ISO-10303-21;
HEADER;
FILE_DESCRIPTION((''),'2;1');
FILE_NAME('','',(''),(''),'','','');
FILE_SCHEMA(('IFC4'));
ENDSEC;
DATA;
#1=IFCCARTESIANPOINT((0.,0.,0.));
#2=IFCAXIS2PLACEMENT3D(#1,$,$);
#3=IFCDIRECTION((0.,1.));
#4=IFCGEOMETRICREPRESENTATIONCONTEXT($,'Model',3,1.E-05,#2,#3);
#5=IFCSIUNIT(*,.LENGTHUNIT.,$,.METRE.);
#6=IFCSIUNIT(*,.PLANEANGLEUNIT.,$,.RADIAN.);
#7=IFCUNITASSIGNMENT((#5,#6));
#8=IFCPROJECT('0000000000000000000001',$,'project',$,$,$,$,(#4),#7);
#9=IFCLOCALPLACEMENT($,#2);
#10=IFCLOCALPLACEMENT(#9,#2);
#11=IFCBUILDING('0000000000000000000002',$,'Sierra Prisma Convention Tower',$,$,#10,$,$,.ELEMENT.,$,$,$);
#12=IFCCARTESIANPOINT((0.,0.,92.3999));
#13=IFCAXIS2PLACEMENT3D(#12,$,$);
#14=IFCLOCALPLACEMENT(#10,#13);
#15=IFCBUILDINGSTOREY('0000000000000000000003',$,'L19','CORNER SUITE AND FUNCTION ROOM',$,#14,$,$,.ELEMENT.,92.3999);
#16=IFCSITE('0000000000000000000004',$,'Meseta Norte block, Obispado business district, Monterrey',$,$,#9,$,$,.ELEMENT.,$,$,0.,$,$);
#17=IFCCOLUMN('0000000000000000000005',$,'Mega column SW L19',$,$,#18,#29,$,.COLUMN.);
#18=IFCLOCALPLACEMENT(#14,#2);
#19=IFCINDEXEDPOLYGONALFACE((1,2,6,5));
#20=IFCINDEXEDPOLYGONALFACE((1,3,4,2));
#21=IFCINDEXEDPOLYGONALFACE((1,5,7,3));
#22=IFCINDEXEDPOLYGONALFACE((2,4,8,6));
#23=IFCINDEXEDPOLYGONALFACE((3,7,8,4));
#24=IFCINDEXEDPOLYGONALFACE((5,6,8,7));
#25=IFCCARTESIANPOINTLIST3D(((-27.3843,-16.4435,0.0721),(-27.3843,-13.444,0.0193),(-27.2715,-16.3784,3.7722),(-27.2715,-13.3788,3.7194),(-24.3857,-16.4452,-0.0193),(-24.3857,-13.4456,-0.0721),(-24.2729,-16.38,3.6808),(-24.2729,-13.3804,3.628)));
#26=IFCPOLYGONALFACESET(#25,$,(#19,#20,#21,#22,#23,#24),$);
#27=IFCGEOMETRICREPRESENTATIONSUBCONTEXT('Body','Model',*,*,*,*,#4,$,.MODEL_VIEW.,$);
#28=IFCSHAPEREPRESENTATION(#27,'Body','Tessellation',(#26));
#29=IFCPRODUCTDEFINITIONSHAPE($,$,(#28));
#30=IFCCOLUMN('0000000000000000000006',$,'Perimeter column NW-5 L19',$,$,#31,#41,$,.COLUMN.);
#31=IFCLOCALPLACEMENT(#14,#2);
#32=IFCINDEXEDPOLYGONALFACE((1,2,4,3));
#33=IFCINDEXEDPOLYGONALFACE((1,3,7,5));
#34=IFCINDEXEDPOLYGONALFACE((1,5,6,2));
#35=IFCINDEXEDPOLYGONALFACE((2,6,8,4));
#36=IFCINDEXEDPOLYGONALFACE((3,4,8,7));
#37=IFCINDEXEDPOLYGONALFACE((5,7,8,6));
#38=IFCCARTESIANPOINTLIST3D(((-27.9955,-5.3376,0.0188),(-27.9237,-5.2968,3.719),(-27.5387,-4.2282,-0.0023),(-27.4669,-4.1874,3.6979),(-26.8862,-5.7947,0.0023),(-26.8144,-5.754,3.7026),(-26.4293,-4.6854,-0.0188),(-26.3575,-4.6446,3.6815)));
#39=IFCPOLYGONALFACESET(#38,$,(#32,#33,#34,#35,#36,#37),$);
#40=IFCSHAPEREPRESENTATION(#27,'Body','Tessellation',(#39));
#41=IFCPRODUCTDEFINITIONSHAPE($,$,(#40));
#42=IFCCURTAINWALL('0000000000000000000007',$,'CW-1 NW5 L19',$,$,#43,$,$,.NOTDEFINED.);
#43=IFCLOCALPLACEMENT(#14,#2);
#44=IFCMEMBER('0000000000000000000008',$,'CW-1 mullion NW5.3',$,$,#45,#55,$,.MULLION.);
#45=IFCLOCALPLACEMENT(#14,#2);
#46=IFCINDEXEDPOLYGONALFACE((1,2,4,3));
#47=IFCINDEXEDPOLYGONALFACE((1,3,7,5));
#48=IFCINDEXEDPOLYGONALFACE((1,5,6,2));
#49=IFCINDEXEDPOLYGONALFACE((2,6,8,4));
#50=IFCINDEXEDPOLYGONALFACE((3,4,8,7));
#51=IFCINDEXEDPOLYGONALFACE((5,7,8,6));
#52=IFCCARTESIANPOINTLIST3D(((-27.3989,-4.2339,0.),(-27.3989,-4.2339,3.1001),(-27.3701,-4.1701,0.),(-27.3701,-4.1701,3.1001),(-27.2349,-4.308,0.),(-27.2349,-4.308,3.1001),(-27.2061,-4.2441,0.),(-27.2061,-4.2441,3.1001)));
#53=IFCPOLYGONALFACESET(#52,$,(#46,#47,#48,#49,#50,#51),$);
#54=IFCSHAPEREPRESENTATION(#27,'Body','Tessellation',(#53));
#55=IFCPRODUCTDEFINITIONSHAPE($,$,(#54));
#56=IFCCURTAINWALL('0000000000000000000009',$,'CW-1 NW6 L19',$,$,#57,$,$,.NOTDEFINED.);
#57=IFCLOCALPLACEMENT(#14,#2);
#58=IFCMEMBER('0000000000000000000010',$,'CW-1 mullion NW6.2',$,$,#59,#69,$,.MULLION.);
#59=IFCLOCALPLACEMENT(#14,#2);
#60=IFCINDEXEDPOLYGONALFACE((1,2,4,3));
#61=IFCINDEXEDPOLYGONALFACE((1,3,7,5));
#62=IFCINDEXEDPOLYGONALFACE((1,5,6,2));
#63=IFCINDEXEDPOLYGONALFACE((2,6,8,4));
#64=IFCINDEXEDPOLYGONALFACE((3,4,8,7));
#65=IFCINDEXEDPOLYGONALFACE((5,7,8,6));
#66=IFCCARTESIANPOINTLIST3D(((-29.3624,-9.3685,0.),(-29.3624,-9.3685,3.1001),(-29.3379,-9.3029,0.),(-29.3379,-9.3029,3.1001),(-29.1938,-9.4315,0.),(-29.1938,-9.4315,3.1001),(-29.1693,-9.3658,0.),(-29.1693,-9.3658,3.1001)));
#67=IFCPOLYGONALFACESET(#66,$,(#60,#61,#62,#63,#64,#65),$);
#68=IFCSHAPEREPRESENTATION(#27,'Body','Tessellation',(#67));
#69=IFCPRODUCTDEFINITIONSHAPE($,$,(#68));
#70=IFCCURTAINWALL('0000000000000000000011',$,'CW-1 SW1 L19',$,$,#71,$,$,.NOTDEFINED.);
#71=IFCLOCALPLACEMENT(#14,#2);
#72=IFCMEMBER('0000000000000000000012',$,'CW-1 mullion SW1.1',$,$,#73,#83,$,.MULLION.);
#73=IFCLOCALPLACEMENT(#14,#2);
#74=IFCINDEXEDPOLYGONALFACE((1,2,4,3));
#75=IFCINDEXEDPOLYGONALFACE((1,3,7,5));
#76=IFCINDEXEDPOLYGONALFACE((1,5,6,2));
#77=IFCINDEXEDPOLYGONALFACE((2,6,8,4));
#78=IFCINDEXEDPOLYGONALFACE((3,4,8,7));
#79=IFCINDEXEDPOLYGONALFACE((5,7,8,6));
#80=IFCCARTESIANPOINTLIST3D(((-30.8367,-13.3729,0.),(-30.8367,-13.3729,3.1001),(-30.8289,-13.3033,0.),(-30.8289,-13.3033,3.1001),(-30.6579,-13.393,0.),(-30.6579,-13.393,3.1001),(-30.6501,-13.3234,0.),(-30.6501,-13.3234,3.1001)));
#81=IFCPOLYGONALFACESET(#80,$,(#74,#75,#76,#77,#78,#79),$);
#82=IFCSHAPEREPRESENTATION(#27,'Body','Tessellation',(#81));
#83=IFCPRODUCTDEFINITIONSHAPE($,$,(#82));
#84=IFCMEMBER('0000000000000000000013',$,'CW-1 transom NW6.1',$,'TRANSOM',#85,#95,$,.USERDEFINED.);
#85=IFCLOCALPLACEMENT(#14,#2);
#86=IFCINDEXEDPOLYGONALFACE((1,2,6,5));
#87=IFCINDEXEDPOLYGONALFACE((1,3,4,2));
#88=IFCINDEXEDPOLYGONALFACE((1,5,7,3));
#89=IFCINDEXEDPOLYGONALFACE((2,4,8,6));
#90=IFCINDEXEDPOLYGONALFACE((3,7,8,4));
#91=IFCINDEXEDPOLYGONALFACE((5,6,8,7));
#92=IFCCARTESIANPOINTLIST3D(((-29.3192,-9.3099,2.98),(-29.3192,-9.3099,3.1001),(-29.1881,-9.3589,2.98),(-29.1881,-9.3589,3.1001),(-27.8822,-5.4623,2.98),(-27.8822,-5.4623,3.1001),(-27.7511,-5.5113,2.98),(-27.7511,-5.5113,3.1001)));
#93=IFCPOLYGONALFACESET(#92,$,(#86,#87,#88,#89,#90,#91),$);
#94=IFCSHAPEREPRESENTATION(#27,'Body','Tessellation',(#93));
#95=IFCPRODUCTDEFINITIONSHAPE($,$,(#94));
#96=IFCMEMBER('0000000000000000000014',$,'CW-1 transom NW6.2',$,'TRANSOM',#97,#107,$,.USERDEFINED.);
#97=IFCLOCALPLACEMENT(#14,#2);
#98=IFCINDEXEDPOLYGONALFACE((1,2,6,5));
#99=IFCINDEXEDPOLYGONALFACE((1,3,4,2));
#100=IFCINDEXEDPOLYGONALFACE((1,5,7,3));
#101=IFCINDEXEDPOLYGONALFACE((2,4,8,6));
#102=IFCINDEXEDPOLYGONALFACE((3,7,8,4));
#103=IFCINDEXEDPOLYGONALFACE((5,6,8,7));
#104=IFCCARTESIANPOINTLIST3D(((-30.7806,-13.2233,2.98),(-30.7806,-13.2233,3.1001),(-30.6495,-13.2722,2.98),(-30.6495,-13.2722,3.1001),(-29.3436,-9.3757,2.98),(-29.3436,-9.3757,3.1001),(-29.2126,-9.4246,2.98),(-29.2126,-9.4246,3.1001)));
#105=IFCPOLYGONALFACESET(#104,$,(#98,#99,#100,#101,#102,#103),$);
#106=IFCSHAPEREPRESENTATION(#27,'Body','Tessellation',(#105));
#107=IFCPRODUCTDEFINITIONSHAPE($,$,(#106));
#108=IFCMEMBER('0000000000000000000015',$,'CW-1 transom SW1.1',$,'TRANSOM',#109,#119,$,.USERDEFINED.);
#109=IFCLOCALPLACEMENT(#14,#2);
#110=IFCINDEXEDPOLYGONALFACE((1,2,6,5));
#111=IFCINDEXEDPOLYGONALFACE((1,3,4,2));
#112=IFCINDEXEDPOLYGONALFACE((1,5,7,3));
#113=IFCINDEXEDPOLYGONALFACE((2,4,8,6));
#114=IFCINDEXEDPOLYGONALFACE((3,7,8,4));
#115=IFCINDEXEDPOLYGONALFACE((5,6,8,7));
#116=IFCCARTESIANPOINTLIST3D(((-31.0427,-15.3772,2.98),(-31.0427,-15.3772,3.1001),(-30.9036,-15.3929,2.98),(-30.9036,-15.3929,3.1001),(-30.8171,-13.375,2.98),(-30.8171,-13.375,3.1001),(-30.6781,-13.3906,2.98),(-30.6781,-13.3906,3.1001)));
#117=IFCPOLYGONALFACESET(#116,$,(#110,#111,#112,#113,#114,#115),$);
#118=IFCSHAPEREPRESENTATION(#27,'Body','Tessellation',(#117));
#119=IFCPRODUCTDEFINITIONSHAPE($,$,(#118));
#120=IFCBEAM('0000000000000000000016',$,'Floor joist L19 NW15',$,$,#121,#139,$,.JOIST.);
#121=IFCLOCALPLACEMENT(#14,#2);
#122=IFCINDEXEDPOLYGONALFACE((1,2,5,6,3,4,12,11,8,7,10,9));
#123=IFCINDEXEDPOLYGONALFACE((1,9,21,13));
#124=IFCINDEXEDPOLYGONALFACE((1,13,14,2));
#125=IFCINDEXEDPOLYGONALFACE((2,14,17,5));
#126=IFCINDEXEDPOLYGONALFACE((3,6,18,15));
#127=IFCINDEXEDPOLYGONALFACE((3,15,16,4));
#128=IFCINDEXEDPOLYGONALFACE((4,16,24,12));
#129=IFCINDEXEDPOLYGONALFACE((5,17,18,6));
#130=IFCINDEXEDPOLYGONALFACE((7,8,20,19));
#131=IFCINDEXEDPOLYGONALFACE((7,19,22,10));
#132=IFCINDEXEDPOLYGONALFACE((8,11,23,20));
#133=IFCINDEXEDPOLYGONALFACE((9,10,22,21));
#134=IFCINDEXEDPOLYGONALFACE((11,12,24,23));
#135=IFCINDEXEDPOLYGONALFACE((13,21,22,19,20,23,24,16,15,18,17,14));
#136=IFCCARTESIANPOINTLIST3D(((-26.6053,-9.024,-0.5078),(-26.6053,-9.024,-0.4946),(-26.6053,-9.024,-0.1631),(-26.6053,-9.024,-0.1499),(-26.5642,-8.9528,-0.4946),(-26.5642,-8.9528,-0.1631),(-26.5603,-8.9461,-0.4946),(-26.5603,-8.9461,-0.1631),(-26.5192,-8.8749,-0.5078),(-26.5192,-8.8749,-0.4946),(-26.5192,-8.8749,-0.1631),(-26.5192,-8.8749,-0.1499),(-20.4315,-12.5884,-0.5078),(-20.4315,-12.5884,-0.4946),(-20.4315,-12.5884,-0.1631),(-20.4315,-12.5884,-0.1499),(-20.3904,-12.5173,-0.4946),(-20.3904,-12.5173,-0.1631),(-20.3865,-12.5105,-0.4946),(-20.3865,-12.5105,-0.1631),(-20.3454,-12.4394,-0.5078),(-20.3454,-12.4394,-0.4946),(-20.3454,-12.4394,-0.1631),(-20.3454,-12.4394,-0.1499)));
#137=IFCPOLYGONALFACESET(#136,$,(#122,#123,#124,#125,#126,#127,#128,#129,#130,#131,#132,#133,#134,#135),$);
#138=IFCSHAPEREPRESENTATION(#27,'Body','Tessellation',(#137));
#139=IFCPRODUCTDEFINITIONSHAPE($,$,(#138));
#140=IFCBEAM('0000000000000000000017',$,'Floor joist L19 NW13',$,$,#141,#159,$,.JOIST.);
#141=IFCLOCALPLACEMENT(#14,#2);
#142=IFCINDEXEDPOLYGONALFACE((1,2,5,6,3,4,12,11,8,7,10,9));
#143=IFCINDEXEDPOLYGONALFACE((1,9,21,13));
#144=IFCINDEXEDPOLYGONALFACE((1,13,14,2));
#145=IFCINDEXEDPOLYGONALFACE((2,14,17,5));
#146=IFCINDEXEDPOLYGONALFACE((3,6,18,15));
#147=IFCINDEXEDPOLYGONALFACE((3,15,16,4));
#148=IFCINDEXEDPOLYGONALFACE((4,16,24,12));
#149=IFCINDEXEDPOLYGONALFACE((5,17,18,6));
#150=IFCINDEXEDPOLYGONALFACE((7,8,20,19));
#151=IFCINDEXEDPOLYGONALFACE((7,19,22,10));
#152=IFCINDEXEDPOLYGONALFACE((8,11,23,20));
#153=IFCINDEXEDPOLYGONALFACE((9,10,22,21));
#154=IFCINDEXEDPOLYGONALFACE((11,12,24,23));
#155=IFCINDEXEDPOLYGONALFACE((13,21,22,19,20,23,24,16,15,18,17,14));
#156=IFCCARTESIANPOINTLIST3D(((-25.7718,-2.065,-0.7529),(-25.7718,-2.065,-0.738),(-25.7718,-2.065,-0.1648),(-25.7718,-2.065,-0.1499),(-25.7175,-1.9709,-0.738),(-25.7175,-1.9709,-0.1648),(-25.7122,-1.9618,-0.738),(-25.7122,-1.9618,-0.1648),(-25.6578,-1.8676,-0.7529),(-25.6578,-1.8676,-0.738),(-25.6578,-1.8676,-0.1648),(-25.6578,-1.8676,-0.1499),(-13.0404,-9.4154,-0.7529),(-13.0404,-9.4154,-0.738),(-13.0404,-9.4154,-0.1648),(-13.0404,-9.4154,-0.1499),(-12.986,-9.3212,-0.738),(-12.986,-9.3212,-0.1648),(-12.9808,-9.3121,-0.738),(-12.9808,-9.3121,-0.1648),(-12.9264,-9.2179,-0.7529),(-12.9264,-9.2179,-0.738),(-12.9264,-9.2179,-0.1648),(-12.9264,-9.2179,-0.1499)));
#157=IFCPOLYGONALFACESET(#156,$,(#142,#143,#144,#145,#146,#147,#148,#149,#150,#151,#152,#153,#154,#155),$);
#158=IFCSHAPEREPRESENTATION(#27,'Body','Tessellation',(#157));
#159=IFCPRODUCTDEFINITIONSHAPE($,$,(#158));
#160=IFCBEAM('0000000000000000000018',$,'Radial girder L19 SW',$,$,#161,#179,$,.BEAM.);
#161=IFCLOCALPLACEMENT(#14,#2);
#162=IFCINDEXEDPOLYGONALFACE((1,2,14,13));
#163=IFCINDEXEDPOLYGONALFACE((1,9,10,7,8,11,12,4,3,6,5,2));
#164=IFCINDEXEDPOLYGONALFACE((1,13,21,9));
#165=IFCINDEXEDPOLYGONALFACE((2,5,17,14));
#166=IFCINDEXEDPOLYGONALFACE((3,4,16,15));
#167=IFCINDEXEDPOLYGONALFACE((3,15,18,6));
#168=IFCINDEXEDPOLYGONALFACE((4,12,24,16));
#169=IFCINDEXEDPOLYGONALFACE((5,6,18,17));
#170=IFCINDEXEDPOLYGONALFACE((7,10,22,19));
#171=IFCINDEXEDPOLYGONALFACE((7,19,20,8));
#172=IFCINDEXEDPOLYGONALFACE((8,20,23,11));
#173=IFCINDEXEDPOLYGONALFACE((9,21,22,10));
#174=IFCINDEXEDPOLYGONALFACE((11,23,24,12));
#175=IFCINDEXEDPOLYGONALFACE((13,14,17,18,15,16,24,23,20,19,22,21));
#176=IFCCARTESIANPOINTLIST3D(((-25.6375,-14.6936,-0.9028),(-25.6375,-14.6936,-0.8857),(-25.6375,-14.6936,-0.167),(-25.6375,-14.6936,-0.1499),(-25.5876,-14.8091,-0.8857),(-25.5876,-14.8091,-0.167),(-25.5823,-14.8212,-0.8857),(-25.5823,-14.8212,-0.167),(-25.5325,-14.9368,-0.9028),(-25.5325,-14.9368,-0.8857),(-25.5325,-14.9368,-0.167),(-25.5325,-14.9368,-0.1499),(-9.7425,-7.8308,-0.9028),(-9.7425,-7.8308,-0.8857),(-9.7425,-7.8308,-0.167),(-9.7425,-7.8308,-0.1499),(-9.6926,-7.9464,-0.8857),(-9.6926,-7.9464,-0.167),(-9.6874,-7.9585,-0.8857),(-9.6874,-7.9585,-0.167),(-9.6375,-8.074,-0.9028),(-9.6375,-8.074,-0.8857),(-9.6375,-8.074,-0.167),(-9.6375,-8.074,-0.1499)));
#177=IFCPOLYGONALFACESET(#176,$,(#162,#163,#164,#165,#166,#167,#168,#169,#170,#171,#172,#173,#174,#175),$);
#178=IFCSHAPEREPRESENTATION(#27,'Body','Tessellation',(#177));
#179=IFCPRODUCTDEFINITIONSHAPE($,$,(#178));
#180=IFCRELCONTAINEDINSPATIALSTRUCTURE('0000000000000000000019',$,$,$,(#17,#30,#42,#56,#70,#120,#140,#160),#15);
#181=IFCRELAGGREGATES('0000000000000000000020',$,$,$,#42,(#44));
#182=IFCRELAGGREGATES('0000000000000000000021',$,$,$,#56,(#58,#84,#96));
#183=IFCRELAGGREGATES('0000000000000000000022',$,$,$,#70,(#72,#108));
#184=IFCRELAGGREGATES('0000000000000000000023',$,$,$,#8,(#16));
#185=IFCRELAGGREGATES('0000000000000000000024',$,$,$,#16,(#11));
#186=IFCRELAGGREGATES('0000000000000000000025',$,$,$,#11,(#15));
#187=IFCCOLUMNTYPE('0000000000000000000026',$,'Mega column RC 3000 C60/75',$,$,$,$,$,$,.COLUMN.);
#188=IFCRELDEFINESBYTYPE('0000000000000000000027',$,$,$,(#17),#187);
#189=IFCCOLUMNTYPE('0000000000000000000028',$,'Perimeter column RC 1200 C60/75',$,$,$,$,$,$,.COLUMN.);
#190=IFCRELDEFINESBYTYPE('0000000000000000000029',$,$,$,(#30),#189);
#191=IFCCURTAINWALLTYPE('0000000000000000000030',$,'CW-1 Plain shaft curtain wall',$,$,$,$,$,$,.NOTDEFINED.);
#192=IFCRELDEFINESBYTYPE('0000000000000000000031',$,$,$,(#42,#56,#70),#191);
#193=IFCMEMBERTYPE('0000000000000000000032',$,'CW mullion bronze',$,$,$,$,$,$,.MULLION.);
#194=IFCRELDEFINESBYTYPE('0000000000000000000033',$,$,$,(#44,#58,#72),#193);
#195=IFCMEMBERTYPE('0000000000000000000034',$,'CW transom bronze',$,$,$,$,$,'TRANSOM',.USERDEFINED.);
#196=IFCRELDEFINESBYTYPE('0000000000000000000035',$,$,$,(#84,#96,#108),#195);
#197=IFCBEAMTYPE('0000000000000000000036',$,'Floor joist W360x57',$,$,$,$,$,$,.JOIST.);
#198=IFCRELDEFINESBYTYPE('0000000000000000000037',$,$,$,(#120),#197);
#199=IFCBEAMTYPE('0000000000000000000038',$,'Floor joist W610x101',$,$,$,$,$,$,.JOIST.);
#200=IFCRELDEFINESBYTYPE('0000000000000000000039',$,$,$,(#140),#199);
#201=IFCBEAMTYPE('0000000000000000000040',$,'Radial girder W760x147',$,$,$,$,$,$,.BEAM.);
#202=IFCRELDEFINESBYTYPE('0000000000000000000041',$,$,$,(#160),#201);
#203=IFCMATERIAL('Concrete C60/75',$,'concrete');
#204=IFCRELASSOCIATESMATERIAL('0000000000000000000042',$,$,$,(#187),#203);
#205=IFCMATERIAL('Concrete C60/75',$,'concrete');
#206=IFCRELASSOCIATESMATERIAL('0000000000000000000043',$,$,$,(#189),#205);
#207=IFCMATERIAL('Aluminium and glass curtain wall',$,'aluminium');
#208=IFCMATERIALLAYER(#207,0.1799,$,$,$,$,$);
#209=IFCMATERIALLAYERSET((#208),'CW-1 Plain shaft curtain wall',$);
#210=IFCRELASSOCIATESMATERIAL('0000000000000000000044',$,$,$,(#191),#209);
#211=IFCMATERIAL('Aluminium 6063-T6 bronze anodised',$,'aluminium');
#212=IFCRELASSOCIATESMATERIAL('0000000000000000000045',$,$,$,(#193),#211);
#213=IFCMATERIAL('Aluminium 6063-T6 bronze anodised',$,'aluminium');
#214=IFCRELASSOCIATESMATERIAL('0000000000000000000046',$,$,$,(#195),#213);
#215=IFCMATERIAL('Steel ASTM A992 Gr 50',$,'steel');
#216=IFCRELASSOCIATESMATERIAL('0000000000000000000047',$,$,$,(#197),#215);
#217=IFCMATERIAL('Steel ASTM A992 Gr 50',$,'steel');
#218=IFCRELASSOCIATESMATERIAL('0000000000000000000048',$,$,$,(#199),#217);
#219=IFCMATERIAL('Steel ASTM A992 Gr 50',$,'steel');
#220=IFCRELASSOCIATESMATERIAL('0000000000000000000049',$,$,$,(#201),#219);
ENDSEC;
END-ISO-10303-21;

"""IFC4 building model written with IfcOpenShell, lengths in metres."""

from ifc_helpers import new_model, si_unit, direction, frame, origin, origin_2d, place, context, subcontext, project, spatial, rectangle, i_section, extrude, material, layer, layer_set, material_profile, profile_set, type_object, element, aggregate, save


model = new_model("IFC4")

# Units and contexts
model_context = context("Model", 3, precision=1e-05, world=origin(), true_north=direction((0.0, 1.0)))
body_context = subcontext(model_context, "Body", "Model", "MODEL_VIEW")
ifc_project = project(units=[si_unit("LENGTHUNIT", "METRE"), si_unit("PLANEANGLEUNIT", "RADIAN")], contexts=[model_context])

# Site, building, storey
site_placement = place(None, origin())
site = spatial("IfcSite", under=ifc_project, at=site_placement, Name="Meseta Norte block, Obispado business district, Monterrey", CompositionType="ELEMENT", RefElevation=0.0)
building_placement = place(site_placement, origin())
building = spatial("IfcBuilding", under=site, at=building_placement, Name="Sierra Prisma Convention Tower", CompositionType="ELEMENT")
storey_placement = place(building_placement, frame((0.0, 0.0, 92.3999)))
storey = spatial("IfcBuildingStorey", under=building, at=storey_placement, Name="L19", Description="CORNER SUITE AND FUNCTION ROOM", CompositionType="ELEMENT", Elevation=92.3999)

# Columns
ifc_material_1 = material(Name="Concrete C60/75", Category="concrete")
ifc_material_profile_1 = material_profile(ifc_material_1, rectangle(XDim=3.0, YDim=3.0, at=origin_2d()), Name="Mega column RC 3000 C60/75")
ifc_profile_set_1 = profile_set([ifc_material_profile_1], Name="Concrete C60/75")
column_type_1 = type_object("IfcColumnType", Name="Mega column RC 3000 C60/75", PredefinedType="COLUMN", material=ifc_profile_set_1)
column_1_placement = place(storey_placement, frame((-25.885, -14.9446, 0.0), z_axis=(0.030464, 0.017606, 0.999381), x_axis=(0.999536, -0.000537, -0.030459)))
element("IfcColumn", 1, at=column_1_placement, inside=storey, type_object=column_type_1, Name="Mega column SW L19", PredefinedType="COLUMN", context=body_context, shape_type="SweptSolid", body=[
    extrude(rectangle(XDim=3.0, YDim=3.0, at=origin_2d()), origin(), (0.0, 0.0, 1.0), 3.7024),
])
ifc_material_2 = material(Name="Concrete C60/75", Category="concrete")
ifc_material_profile_2 = material_profile(ifc_material_2, rectangle(XDim=1.2, YDim=1.2, at=origin_2d()), Name="Perimeter column RC 1200 C60/75")
ifc_profile_set_2 = profile_set([ifc_material_profile_2], Name="Concrete C60/75")
column_type_2 = type_object("IfcColumnType", Name="Perimeter column RC 1200 C60/75", PredefinedType="COLUMN", material=ifc_profile_set_2)
column_2_placement = place(storey_placement, frame((-27.2124, -5.0115, 0.0), z_axis=(0.019393, 0.011016, 0.999751), x_axis=(0.380718, 0.924524, -0.017572)))
element("IfcColumn", 2, at=column_2_placement, inside=storey, type_object=column_type_2, Name="Perimeter column NW-5 L19", PredefinedType="COLUMN", context=body_context, shape_type="SweptSolid", body=[
    extrude(rectangle(XDim=1.2, YDim=1.2, at=origin_2d()), origin(), (0.0, 0.0, 1.0), 3.7012),
])

# Curtain walls, members
ifc_material_3 = material(Name="Aluminium and glass curtain wall", Category="aluminium")
ifc_layer_1 = layer(ifc_material_3, 0.1799)
ifc_layer_set_1 = layer_set([ifc_layer_1], Name="CW-1 Plain shaft curtain wall")
curtain_wall_type = type_object("IfcCurtainWallType", Name="CW-1 Plain shaft curtain wall", PredefinedType="NOTDEFINED", material=ifc_layer_set_1)
curtain_wall_1_placement = place(storey_placement, origin())
curtain_wall_1 = element("IfcCurtainWall", 3, at=curtain_wall_1_placement, inside=storey, type_object=curtain_wall_type, Name="CW-1 NW5 L19", PredefinedType="NOTDEFINED")
ifc_material_4 = material(Name="Aluminium 6063-T6 bronze anodised", Category="aluminium")
ifc_material_profile_3 = material_profile(ifc_material_4, rectangle(XDim=0.1799, YDim=0.0701, at=origin_2d()), Name="ALU MULLION 70x180")
ifc_profile_set_3 = profile_set([ifc_material_profile_3], Name="Aluminium 6063-T6 bronze anodised")
member_type_1 = type_object("IfcMemberType", Name="CW mullion bronze", PredefinedType="MULLION", material=ifc_profile_set_3)
member_1_placement = place(storey_placement, frame((-27.3025, -4.239, 0.0), z_axis=(0.0, 0.0, 1.0), x_axis=(0.911497, -0.411307, 0.0)))
member_1 = element("IfcMember", 4, at=member_1_placement, type_object=member_type_1, Name="CW-1 mullion NW5.3", PredefinedType="MULLION", context=body_context, shape_type="SweptSolid", body=[
    extrude(rectangle(XDim=0.1799, YDim=0.0701, at=origin_2d()), origin(), (0.0, 0.0, 1.0), 3.1001),
])
curtain_wall_2_placement = place(storey_placement, origin())
curtain_wall_2 = element("IfcCurtainWall", 5, at=curtain_wall_2_placement, inside=storey, type_object=curtain_wall_type, Name="CW-1 NW6 L19", PredefinedType="NOTDEFINED")
member_2_placement = place(storey_placement, frame((-29.2659, -9.3672, 0.0), z_axis=(0.0, 0.0, 1.0), x_axis=(0.936805, -0.349852, 0.0)))
member_2 = element("IfcMember", 6, at=member_2_placement, type_object=member_type_1, Name="CW-1 mullion NW6.2", PredefinedType="MULLION", context=body_context, shape_type="SweptSolid", body=[
    extrude(rectangle(XDim=0.1799, YDim=0.0701, at=origin_2d()), origin(), (0.0, 0.0, 1.0), 3.1001),
])
curtain_wall_3_placement = place(storey_placement, origin())
curtain_wall_3 = element("IfcCurtainWall", 7, at=curtain_wall_3_placement, inside=storey, type_object=curtain_wall_type, Name="CW-1 SW1 L19", PredefinedType="NOTDEFINED")
member_3_placement = place(storey_placement, frame((-30.7434, -13.3481, 0.0), z_axis=(0.0, 0.0, 1.0), x_axis=(0.993709, -0.111997, 0.0)))
member_3 = element("IfcMember", 8, at=member_3_placement, type_object=member_type_1, Name="CW-1 mullion SW1.1", PredefinedType="MULLION", context=body_context, shape_type="SweptSolid", body=[
    extrude(rectangle(XDim=0.1799, YDim=0.0701, at=origin_2d()), origin(), (0.0, 0.0, 1.0), 3.1001),
])

# Members
ifc_material_5 = material(Name="Aluminium 6063-T6 bronze anodised", Category="aluminium")
ifc_material_profile_4 = material_profile(ifc_material_5, rectangle(XDim=0.1399, YDim=0.1201, at=origin_2d()), Name="ALU TRANSOM 120x140")
ifc_profile_set_4 = profile_set([ifc_material_profile_4], Name="Aluminium 6063-T6 bronze anodised")
member_type_2 = type_object("IfcMemberType", Name="CW transom bronze", ElementType="TRANSOM", PredefinedType="USERDEFINED", material=ifc_profile_set_4)
member_4_placement = place(storey_placement, frame((-27.8167, -5.4868, 3.04), z_axis=(-0.349872, -0.936797, 0.0), x_axis=(0.936797, -0.349872, 0.0)))
member_4 = element("IfcMember", 9, at=member_4_placement, type_object=member_type_2, Name="CW-1 transom NW6.1", ObjectType="TRANSOM", PredefinedType="USERDEFINED", context=body_context, shape_type="SweptSolid", body=[
    extrude(rectangle(XDim=0.1399, YDim=0.1201, at=origin_2d()), origin(), (0.0, 0.0, 1.0), 4.1072),
])
member_5_placement = place(storey_placement, frame((-29.2781, -9.4001, 3.04), z_axis=(-0.349872, -0.936797, 0.0), x_axis=(0.936797, -0.349872, 0.0)))
member_5 = element("IfcMember", 10, at=member_5_placement, type_object=member_type_2, Name="CW-1 transom NW6.2", ObjectType="TRANSOM", PredefinedType="USERDEFINED", context=body_context, shape_type="SweptSolid", body=[
    extrude(rectangle(XDim=0.1399, YDim=0.1201, at=origin_2d()), origin(), (0.0, 0.0, 1.0), 4.1072),
])
member_6_placement = place(storey_placement, frame((-30.7476, -13.3828, 3.04), z_axis=(-0.111961, -0.993713, 0.0), x_axis=(0.993713, -0.111961, 0.0)))
member_6 = element("IfcMember", 11, at=member_6_placement, type_object=member_type_2, Name="CW-1 transom SW1.1", ObjectType="TRANSOM", PredefinedType="USERDEFINED", context=body_context, shape_type="SweptSolid", body=[
    extrude(rectangle(XDim=0.1399, YDim=0.1201, at=origin_2d()), origin(), (0.0, 0.0, 1.0), 2.0149),
])

# Beams
ifc_material_6 = material(Name="Steel ASTM A992 Gr 50", Category="steel")
ifc_material_profile_5 = material_profile(ifc_material_6, i_section(OverallWidth=0.1721, OverallDepth=0.3579, WebThickness=0.0078, FlangeThickness=0.0132, at=origin_2d()), Name="W360x57")
ifc_profile_set_5 = profile_set([ifc_material_profile_5], Name="Steel ASTM A992 Gr 50")
beam_type_1 = type_object("IfcBeamType", Name="Floor joist W360x57", PredefinedType="JOIST", material=ifc_profile_set_5)
beam_1_placement = place(storey_placement, frame((-26.5623, -8.9495, -0.3289), z_axis=(0.866026, -0.499999, 0.0), x_axis=(0.499999, 0.866026, 0.0)))
element("IfcBeam", 12, at=beam_1_placement, inside=storey, type_object=beam_type_1, Name="Floor joist L19 NW15", PredefinedType="JOIST", context=body_context, shape_type="SweptSolid", body=[
    extrude(i_section(OverallWidth=0.1721, OverallDepth=0.3579, WebThickness=0.0078, FlangeThickness=0.0132, at=origin_2d()), origin(), (0.0, 0.0, 1.0), 7.1289),
])
ifc_material_7 = material(Name="Steel ASTM A992 Gr 50", Category="steel")
ifc_material_profile_6 = material_profile(ifc_material_7, i_section(OverallWidth=0.228, OverallDepth=0.603, WebThickness=0.0105, FlangeThickness=0.0149, at=origin_2d()), Name="W610x101")
ifc_profile_set_6 = profile_set([ifc_material_profile_6], Name="Steel ASTM A992 Gr 50")
beam_type_2 = type_object("IfcBeamType", Name="Floor joist W610x101", PredefinedType="JOIST", material=ifc_profile_set_6)
beam_2_placement = place(storey_placement, frame((-25.7148, -1.9663, -0.4514), z_axis=(0.86603, -0.499992, 0.0), x_axis=(0.499992, 0.86603, 0.0)))
element("IfcBeam", 13, at=beam_2_placement, inside=storey, type_object=beam_type_2, Name="Floor joist L19 NW13", PredefinedType="JOIST", context=body_context, shape_type="SweptSolid", body=[
    extrude(i_section(OverallWidth=0.228, OverallDepth=0.603, WebThickness=0.0105, FlangeThickness=0.0149, at=origin_2d()), origin(), (0.0, 0.0, 1.0), 14.7009),
])
ifc_material_8 = material(Name="Steel ASTM A992 Gr 50", Category="steel")
ifc_material_profile_7 = material_profile(ifc_material_8, i_section(OverallWidth=0.2649, OverallDepth=0.7529, WebThickness=0.0132, FlangeThickness=0.0171, at=origin_2d()), Name="W760x147")
ifc_profile_set_7 = profile_set([ifc_material_profile_7], Name="Steel ASTM A992 Gr 50")
beam_type_3 = type_object("IfcBeamType", Name="Radial girder W760x147", PredefinedType="BEAM", material=ifc_profile_set_7)
beam_3_placement = place(storey_placement, frame((-25.585, -14.8152, -0.5264), z_axis=(0.918083, 0.396389, 0.0), x_axis=(-0.396389, 0.918083, 0.0)))
element("IfcBeam", 14, at=beam_3_placement, inside=storey, type_object=beam_type_3, Name="Radial girder L19 SW", PredefinedType="BEAM", context=body_context, shape_type="SweptSolid", body=[
    extrude(i_section(OverallWidth=0.2649, OverallDepth=0.7529, WebThickness=0.0132, FlangeThickness=0.0171, at=origin_2d()), origin(), (0.0, 0.0, 1.0), 17.3132),
])

aggregate(curtain_wall_1, [member_1])
aggregate(curtain_wall_2, [member_2, member_4, member_5])
aggregate(curtain_wall_3, [member_3, member_6])

save(model, "model.ifc")
